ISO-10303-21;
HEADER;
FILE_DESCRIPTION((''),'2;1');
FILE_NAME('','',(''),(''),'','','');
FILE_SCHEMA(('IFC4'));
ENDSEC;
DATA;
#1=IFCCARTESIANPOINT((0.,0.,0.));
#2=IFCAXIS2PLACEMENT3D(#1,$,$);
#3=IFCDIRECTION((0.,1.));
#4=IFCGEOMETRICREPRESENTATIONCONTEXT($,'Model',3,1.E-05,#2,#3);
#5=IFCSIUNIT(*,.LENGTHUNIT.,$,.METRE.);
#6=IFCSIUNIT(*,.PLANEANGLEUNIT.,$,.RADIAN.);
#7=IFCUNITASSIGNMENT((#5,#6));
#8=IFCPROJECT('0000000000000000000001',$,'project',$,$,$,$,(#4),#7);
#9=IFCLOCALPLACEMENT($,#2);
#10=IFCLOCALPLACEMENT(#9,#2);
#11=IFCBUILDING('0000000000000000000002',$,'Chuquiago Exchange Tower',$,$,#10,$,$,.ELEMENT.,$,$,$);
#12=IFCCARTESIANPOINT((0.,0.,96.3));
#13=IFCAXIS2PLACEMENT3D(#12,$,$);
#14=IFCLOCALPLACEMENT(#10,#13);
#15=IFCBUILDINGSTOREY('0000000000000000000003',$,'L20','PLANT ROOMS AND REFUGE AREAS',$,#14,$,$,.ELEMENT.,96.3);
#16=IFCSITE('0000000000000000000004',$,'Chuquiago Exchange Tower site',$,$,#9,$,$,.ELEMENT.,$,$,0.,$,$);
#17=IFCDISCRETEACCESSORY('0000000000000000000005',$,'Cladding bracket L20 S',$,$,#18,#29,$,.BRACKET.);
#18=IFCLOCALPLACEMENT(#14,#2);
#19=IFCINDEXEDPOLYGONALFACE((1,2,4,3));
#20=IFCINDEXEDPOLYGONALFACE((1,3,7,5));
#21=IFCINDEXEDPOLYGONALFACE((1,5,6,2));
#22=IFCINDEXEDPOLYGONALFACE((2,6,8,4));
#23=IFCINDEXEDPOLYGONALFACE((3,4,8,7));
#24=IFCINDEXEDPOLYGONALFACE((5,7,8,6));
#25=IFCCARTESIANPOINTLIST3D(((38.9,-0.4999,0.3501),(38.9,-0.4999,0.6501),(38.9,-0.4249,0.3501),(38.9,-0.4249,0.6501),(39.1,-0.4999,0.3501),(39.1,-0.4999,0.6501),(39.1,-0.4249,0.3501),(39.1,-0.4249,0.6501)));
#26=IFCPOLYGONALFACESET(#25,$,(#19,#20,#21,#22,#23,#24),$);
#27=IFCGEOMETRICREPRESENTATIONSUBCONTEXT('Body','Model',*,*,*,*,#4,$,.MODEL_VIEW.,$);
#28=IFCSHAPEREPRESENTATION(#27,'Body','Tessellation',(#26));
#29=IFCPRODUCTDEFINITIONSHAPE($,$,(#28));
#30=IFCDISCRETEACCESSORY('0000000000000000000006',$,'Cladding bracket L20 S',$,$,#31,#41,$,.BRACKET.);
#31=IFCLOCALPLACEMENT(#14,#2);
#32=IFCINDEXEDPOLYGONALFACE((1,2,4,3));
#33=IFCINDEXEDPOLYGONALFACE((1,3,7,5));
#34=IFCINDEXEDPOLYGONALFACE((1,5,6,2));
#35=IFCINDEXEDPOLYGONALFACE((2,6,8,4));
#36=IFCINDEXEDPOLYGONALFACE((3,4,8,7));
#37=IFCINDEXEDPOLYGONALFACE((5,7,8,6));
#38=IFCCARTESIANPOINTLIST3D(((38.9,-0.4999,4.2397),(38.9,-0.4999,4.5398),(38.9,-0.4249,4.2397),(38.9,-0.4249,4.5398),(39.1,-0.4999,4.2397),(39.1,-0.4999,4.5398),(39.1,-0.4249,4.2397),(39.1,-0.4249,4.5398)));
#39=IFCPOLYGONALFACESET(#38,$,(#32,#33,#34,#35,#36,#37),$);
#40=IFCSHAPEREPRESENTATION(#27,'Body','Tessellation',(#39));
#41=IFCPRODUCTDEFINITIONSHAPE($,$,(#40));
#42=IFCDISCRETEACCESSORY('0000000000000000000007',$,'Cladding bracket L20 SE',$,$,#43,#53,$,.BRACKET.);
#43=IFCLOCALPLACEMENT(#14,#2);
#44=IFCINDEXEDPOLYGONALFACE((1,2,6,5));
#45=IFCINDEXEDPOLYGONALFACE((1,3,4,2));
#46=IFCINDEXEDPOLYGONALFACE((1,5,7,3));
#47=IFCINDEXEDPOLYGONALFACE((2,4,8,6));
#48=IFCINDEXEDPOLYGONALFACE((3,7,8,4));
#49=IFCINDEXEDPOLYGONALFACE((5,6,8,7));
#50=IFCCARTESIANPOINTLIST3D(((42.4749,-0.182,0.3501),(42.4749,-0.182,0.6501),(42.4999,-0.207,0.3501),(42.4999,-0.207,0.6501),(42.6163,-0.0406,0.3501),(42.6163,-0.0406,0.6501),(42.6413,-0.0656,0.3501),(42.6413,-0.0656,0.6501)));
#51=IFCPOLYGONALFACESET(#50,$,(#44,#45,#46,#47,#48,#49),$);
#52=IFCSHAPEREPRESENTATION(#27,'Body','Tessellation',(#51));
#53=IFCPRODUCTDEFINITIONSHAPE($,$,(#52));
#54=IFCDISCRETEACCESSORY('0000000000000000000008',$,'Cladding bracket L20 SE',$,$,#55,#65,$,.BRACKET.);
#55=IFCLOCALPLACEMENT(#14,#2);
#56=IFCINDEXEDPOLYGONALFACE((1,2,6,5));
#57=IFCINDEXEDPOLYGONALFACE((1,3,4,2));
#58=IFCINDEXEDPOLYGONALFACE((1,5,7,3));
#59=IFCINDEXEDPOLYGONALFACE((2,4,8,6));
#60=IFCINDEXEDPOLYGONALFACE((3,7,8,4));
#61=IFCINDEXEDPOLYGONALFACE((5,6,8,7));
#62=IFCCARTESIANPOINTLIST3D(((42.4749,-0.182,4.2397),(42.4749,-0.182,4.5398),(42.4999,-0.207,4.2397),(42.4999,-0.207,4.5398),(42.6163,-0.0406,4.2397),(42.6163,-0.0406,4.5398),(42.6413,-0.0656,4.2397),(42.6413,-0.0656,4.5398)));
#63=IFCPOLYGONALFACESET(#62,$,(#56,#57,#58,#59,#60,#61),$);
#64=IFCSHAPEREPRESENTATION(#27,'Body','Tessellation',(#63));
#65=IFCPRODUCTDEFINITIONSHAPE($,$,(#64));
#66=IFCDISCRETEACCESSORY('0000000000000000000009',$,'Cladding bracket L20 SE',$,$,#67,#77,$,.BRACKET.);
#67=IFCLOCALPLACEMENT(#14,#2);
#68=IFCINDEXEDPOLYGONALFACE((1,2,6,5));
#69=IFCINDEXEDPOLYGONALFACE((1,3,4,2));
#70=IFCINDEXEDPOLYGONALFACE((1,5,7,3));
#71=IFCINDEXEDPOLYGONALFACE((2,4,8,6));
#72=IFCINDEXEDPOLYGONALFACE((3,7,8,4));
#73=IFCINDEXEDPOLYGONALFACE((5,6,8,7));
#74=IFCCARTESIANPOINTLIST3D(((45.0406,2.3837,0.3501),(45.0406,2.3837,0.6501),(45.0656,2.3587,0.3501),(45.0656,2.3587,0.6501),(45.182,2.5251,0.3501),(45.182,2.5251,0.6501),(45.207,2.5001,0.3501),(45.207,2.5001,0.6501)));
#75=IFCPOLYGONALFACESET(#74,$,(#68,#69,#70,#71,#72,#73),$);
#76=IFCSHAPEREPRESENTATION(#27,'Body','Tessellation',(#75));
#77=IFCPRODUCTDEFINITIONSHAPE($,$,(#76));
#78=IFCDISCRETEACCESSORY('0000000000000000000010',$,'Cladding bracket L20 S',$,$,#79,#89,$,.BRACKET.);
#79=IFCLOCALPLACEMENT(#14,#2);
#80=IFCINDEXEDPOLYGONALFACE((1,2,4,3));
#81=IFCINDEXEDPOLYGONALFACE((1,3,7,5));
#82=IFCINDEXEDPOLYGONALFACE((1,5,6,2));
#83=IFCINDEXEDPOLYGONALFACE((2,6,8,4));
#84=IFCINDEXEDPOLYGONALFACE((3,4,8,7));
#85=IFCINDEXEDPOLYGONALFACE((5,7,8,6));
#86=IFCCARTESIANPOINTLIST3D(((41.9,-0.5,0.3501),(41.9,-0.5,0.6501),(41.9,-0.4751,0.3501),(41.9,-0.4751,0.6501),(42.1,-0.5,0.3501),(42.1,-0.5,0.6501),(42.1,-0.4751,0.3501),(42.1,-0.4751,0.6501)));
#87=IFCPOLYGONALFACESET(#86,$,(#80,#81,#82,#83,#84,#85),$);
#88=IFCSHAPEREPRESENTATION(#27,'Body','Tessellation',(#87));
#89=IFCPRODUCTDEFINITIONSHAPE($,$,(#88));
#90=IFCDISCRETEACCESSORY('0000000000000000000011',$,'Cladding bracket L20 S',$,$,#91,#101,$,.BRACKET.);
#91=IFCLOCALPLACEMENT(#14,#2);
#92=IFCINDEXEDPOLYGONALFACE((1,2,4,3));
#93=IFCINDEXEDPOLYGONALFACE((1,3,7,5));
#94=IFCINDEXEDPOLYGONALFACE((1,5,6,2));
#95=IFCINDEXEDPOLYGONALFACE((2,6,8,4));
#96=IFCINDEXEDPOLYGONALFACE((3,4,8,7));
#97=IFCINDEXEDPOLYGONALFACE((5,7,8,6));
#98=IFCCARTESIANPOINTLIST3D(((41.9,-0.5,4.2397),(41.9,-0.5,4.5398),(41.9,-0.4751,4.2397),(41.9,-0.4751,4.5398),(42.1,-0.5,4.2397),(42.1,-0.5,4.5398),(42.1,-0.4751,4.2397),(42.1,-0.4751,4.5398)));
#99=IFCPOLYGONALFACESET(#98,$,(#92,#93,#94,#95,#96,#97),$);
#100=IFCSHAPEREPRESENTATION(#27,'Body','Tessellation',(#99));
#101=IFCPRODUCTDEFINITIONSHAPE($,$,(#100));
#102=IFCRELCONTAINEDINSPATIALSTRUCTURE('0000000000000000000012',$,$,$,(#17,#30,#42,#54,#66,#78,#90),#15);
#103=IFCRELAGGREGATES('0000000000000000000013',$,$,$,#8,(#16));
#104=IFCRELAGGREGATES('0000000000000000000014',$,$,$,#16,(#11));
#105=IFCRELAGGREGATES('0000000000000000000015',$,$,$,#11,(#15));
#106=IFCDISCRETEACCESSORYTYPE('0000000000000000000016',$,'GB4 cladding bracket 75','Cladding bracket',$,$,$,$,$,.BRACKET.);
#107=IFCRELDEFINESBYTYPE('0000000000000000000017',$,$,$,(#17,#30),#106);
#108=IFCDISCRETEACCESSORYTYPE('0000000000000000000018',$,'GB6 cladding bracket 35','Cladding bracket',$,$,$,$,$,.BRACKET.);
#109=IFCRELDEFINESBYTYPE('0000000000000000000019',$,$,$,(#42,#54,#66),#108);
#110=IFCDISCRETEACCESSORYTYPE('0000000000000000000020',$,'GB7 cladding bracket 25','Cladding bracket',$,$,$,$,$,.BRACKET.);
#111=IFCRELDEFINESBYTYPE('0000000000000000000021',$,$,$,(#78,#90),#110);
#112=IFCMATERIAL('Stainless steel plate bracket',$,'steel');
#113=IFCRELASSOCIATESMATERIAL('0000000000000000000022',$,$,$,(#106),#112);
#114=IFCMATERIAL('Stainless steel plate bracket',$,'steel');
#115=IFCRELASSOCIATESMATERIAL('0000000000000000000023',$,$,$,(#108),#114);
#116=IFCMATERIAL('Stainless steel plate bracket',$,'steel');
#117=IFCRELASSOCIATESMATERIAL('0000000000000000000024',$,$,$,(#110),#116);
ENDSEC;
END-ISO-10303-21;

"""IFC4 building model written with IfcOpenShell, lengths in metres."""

from ifc_helpers import new_model, si_unit, direction, frame, origin, origin_2d, place, context, subcontext, project, spatial, rectangle, extrude, material, type_object, element, save


model = new_model("IFC4")

# Units and contexts
model_context = context("Model", 3, precision=1e-05, world=origin(), true_north=direction((0.0, 1.0)))
body_context = subcontext(model_context, "Body", "Model", "MODEL_VIEW")
ifc_project = project(units=[si_unit("LENGTHUNIT", "METRE"), si_unit("PLANEANGLEUNIT", "RADIAN")], contexts=[model_context])

# Site, building, storey
site_placement = place(None, origin())
site = spatial("IfcSite", under=ifc_project, at=site_placement, Name="Chuquiago Exchange Tower site", CompositionType="ELEMENT", RefElevation=0.0)
building_placement = place(site_placement, origin())
building = spatial("IfcBuilding", under=site, at=building_placement, Name="Chuquiago Exchange Tower", CompositionType="ELEMENT")
storey_placement = place(building_placement, frame((0.0, 0.0, 96.3)))
storey = spatial("IfcBuildingStorey", under=building, at=storey_placement, Name="L20", Description="PLANT ROOMS AND REFUGE AREAS", CompositionType="ELEMENT", Elevation=96.3)

# Discrete accessories
ifc_material_1 = material(Name="Stainless steel plate bracket", Category="steel")
discrete_accessory_type_1 = type_object("IfcDiscreteAccessoryType", Name="GB4 cladding bracket 75", Description="Cladding bracket", PredefinedType="BRACKET", material=ifc_material_1)
for number, where, z_axis, x_axis, name in (
    (1, (39.0, -0.4624, 0.3501), (0.0, 0.0, 1.0), (1.0, 0.0, 0.0), "Cladding bracket L20 S"),
    (2, (39.0, -0.4624, 4.2397), (0.0, 0.0, 1.0), (1.0, 0.0, 0.0), "Cladding bracket L20 S"),
):
    element("IfcDiscreteAccessory", number, at=place(storey_placement, frame(where, z_axis=z_axis, x_axis=x_axis)), inside=storey, type_object=discrete_accessory_type_1, Name=name, PredefinedType="BRACKET", context=body_context, shape_type="SweptSolid", body=[
        extrude(rectangle(XDim=0.2, YDim=0.075, at=origin_2d()), origin(), (0.0, 0.0, 1.0), 0.3),
    ])
ifc_material_2 = material(Name="Stainless steel plate bracket", Category="steel")
discrete_accessory_type_2 = type_object("IfcDiscreteAccessoryType", Name="GB6 cladding bracket 35", Description="Cladding bracket", PredefinedType="BRACKET", material=ifc_material_2)
for number, where, z_axis, x_axis, name in (
    (3, (42.5581, -0.1238, 0.3501), (0.0, 0.0, 1.0), (0.707107, 0.707107, 0.0), "Cladding bracket L20 SE"),
    (4, (42.5581, -0.1238, 4.2397), (0.0, 0.0, 1.0), (0.707107, 0.707107, 0.0), "Cladding bracket L20 SE"),
    (5, (45.1238, 2.4419, 0.3501), (0.0, 0.0, 1.0), (0.707107, 0.707107, 0.0), "Cladding bracket L20 SE"),
):
    element("IfcDiscreteAccessory", number, at=place(storey_placement, frame(where, z_axis=z_axis, x_axis=x_axis)), inside=storey, type_object=discrete_accessory_type_2, Name=name, PredefinedType="BRACKET", context=body_context, shape_type="SweptSolid", body=[
        extrude(rectangle(XDim=0.2, YDim=0.0354, at=origin_2d()), origin(), (0.0, 0.0, 1.0), 0.3),
    ])
ifc_material_3 = material(Name="Stainless steel plate bracket", Category="steel")
discrete_accessory_type_3 = type_object("IfcDiscreteAccessoryType", Name="GB7 cladding bracket 25", Description="Cladding bracket", PredefinedType="BRACKET", material=ifc_material_3)
for number, where, z_axis, x_axis, name in (
    (6, (42.0, -0.4875, 0.3501), (0.0, 0.0, 1.0), (1.0, 0.0, 0.0), "Cladding bracket L20 S"),
    (7, (42.0, -0.4875, 4.2397), (0.0, 0.0, 1.0), (1.0, 0.0, 0.0), "Cladding bracket L20 S"),
):
    element("IfcDiscreteAccessory", number, at=place(storey_placement, frame(where, z_axis=z_axis, x_axis=x_axis)), inside=storey, type_object=discrete_accessory_type_3, Name=name, PredefinedType="BRACKET", context=body_context, shape_type="SweptSolid", body=[
        extrude(rectangle(XDim=0.2, YDim=0.0249, at=origin_2d()), origin(), (0.0, 0.0, 1.0), 0.3),
    ])

save(model, "model.ifc")
